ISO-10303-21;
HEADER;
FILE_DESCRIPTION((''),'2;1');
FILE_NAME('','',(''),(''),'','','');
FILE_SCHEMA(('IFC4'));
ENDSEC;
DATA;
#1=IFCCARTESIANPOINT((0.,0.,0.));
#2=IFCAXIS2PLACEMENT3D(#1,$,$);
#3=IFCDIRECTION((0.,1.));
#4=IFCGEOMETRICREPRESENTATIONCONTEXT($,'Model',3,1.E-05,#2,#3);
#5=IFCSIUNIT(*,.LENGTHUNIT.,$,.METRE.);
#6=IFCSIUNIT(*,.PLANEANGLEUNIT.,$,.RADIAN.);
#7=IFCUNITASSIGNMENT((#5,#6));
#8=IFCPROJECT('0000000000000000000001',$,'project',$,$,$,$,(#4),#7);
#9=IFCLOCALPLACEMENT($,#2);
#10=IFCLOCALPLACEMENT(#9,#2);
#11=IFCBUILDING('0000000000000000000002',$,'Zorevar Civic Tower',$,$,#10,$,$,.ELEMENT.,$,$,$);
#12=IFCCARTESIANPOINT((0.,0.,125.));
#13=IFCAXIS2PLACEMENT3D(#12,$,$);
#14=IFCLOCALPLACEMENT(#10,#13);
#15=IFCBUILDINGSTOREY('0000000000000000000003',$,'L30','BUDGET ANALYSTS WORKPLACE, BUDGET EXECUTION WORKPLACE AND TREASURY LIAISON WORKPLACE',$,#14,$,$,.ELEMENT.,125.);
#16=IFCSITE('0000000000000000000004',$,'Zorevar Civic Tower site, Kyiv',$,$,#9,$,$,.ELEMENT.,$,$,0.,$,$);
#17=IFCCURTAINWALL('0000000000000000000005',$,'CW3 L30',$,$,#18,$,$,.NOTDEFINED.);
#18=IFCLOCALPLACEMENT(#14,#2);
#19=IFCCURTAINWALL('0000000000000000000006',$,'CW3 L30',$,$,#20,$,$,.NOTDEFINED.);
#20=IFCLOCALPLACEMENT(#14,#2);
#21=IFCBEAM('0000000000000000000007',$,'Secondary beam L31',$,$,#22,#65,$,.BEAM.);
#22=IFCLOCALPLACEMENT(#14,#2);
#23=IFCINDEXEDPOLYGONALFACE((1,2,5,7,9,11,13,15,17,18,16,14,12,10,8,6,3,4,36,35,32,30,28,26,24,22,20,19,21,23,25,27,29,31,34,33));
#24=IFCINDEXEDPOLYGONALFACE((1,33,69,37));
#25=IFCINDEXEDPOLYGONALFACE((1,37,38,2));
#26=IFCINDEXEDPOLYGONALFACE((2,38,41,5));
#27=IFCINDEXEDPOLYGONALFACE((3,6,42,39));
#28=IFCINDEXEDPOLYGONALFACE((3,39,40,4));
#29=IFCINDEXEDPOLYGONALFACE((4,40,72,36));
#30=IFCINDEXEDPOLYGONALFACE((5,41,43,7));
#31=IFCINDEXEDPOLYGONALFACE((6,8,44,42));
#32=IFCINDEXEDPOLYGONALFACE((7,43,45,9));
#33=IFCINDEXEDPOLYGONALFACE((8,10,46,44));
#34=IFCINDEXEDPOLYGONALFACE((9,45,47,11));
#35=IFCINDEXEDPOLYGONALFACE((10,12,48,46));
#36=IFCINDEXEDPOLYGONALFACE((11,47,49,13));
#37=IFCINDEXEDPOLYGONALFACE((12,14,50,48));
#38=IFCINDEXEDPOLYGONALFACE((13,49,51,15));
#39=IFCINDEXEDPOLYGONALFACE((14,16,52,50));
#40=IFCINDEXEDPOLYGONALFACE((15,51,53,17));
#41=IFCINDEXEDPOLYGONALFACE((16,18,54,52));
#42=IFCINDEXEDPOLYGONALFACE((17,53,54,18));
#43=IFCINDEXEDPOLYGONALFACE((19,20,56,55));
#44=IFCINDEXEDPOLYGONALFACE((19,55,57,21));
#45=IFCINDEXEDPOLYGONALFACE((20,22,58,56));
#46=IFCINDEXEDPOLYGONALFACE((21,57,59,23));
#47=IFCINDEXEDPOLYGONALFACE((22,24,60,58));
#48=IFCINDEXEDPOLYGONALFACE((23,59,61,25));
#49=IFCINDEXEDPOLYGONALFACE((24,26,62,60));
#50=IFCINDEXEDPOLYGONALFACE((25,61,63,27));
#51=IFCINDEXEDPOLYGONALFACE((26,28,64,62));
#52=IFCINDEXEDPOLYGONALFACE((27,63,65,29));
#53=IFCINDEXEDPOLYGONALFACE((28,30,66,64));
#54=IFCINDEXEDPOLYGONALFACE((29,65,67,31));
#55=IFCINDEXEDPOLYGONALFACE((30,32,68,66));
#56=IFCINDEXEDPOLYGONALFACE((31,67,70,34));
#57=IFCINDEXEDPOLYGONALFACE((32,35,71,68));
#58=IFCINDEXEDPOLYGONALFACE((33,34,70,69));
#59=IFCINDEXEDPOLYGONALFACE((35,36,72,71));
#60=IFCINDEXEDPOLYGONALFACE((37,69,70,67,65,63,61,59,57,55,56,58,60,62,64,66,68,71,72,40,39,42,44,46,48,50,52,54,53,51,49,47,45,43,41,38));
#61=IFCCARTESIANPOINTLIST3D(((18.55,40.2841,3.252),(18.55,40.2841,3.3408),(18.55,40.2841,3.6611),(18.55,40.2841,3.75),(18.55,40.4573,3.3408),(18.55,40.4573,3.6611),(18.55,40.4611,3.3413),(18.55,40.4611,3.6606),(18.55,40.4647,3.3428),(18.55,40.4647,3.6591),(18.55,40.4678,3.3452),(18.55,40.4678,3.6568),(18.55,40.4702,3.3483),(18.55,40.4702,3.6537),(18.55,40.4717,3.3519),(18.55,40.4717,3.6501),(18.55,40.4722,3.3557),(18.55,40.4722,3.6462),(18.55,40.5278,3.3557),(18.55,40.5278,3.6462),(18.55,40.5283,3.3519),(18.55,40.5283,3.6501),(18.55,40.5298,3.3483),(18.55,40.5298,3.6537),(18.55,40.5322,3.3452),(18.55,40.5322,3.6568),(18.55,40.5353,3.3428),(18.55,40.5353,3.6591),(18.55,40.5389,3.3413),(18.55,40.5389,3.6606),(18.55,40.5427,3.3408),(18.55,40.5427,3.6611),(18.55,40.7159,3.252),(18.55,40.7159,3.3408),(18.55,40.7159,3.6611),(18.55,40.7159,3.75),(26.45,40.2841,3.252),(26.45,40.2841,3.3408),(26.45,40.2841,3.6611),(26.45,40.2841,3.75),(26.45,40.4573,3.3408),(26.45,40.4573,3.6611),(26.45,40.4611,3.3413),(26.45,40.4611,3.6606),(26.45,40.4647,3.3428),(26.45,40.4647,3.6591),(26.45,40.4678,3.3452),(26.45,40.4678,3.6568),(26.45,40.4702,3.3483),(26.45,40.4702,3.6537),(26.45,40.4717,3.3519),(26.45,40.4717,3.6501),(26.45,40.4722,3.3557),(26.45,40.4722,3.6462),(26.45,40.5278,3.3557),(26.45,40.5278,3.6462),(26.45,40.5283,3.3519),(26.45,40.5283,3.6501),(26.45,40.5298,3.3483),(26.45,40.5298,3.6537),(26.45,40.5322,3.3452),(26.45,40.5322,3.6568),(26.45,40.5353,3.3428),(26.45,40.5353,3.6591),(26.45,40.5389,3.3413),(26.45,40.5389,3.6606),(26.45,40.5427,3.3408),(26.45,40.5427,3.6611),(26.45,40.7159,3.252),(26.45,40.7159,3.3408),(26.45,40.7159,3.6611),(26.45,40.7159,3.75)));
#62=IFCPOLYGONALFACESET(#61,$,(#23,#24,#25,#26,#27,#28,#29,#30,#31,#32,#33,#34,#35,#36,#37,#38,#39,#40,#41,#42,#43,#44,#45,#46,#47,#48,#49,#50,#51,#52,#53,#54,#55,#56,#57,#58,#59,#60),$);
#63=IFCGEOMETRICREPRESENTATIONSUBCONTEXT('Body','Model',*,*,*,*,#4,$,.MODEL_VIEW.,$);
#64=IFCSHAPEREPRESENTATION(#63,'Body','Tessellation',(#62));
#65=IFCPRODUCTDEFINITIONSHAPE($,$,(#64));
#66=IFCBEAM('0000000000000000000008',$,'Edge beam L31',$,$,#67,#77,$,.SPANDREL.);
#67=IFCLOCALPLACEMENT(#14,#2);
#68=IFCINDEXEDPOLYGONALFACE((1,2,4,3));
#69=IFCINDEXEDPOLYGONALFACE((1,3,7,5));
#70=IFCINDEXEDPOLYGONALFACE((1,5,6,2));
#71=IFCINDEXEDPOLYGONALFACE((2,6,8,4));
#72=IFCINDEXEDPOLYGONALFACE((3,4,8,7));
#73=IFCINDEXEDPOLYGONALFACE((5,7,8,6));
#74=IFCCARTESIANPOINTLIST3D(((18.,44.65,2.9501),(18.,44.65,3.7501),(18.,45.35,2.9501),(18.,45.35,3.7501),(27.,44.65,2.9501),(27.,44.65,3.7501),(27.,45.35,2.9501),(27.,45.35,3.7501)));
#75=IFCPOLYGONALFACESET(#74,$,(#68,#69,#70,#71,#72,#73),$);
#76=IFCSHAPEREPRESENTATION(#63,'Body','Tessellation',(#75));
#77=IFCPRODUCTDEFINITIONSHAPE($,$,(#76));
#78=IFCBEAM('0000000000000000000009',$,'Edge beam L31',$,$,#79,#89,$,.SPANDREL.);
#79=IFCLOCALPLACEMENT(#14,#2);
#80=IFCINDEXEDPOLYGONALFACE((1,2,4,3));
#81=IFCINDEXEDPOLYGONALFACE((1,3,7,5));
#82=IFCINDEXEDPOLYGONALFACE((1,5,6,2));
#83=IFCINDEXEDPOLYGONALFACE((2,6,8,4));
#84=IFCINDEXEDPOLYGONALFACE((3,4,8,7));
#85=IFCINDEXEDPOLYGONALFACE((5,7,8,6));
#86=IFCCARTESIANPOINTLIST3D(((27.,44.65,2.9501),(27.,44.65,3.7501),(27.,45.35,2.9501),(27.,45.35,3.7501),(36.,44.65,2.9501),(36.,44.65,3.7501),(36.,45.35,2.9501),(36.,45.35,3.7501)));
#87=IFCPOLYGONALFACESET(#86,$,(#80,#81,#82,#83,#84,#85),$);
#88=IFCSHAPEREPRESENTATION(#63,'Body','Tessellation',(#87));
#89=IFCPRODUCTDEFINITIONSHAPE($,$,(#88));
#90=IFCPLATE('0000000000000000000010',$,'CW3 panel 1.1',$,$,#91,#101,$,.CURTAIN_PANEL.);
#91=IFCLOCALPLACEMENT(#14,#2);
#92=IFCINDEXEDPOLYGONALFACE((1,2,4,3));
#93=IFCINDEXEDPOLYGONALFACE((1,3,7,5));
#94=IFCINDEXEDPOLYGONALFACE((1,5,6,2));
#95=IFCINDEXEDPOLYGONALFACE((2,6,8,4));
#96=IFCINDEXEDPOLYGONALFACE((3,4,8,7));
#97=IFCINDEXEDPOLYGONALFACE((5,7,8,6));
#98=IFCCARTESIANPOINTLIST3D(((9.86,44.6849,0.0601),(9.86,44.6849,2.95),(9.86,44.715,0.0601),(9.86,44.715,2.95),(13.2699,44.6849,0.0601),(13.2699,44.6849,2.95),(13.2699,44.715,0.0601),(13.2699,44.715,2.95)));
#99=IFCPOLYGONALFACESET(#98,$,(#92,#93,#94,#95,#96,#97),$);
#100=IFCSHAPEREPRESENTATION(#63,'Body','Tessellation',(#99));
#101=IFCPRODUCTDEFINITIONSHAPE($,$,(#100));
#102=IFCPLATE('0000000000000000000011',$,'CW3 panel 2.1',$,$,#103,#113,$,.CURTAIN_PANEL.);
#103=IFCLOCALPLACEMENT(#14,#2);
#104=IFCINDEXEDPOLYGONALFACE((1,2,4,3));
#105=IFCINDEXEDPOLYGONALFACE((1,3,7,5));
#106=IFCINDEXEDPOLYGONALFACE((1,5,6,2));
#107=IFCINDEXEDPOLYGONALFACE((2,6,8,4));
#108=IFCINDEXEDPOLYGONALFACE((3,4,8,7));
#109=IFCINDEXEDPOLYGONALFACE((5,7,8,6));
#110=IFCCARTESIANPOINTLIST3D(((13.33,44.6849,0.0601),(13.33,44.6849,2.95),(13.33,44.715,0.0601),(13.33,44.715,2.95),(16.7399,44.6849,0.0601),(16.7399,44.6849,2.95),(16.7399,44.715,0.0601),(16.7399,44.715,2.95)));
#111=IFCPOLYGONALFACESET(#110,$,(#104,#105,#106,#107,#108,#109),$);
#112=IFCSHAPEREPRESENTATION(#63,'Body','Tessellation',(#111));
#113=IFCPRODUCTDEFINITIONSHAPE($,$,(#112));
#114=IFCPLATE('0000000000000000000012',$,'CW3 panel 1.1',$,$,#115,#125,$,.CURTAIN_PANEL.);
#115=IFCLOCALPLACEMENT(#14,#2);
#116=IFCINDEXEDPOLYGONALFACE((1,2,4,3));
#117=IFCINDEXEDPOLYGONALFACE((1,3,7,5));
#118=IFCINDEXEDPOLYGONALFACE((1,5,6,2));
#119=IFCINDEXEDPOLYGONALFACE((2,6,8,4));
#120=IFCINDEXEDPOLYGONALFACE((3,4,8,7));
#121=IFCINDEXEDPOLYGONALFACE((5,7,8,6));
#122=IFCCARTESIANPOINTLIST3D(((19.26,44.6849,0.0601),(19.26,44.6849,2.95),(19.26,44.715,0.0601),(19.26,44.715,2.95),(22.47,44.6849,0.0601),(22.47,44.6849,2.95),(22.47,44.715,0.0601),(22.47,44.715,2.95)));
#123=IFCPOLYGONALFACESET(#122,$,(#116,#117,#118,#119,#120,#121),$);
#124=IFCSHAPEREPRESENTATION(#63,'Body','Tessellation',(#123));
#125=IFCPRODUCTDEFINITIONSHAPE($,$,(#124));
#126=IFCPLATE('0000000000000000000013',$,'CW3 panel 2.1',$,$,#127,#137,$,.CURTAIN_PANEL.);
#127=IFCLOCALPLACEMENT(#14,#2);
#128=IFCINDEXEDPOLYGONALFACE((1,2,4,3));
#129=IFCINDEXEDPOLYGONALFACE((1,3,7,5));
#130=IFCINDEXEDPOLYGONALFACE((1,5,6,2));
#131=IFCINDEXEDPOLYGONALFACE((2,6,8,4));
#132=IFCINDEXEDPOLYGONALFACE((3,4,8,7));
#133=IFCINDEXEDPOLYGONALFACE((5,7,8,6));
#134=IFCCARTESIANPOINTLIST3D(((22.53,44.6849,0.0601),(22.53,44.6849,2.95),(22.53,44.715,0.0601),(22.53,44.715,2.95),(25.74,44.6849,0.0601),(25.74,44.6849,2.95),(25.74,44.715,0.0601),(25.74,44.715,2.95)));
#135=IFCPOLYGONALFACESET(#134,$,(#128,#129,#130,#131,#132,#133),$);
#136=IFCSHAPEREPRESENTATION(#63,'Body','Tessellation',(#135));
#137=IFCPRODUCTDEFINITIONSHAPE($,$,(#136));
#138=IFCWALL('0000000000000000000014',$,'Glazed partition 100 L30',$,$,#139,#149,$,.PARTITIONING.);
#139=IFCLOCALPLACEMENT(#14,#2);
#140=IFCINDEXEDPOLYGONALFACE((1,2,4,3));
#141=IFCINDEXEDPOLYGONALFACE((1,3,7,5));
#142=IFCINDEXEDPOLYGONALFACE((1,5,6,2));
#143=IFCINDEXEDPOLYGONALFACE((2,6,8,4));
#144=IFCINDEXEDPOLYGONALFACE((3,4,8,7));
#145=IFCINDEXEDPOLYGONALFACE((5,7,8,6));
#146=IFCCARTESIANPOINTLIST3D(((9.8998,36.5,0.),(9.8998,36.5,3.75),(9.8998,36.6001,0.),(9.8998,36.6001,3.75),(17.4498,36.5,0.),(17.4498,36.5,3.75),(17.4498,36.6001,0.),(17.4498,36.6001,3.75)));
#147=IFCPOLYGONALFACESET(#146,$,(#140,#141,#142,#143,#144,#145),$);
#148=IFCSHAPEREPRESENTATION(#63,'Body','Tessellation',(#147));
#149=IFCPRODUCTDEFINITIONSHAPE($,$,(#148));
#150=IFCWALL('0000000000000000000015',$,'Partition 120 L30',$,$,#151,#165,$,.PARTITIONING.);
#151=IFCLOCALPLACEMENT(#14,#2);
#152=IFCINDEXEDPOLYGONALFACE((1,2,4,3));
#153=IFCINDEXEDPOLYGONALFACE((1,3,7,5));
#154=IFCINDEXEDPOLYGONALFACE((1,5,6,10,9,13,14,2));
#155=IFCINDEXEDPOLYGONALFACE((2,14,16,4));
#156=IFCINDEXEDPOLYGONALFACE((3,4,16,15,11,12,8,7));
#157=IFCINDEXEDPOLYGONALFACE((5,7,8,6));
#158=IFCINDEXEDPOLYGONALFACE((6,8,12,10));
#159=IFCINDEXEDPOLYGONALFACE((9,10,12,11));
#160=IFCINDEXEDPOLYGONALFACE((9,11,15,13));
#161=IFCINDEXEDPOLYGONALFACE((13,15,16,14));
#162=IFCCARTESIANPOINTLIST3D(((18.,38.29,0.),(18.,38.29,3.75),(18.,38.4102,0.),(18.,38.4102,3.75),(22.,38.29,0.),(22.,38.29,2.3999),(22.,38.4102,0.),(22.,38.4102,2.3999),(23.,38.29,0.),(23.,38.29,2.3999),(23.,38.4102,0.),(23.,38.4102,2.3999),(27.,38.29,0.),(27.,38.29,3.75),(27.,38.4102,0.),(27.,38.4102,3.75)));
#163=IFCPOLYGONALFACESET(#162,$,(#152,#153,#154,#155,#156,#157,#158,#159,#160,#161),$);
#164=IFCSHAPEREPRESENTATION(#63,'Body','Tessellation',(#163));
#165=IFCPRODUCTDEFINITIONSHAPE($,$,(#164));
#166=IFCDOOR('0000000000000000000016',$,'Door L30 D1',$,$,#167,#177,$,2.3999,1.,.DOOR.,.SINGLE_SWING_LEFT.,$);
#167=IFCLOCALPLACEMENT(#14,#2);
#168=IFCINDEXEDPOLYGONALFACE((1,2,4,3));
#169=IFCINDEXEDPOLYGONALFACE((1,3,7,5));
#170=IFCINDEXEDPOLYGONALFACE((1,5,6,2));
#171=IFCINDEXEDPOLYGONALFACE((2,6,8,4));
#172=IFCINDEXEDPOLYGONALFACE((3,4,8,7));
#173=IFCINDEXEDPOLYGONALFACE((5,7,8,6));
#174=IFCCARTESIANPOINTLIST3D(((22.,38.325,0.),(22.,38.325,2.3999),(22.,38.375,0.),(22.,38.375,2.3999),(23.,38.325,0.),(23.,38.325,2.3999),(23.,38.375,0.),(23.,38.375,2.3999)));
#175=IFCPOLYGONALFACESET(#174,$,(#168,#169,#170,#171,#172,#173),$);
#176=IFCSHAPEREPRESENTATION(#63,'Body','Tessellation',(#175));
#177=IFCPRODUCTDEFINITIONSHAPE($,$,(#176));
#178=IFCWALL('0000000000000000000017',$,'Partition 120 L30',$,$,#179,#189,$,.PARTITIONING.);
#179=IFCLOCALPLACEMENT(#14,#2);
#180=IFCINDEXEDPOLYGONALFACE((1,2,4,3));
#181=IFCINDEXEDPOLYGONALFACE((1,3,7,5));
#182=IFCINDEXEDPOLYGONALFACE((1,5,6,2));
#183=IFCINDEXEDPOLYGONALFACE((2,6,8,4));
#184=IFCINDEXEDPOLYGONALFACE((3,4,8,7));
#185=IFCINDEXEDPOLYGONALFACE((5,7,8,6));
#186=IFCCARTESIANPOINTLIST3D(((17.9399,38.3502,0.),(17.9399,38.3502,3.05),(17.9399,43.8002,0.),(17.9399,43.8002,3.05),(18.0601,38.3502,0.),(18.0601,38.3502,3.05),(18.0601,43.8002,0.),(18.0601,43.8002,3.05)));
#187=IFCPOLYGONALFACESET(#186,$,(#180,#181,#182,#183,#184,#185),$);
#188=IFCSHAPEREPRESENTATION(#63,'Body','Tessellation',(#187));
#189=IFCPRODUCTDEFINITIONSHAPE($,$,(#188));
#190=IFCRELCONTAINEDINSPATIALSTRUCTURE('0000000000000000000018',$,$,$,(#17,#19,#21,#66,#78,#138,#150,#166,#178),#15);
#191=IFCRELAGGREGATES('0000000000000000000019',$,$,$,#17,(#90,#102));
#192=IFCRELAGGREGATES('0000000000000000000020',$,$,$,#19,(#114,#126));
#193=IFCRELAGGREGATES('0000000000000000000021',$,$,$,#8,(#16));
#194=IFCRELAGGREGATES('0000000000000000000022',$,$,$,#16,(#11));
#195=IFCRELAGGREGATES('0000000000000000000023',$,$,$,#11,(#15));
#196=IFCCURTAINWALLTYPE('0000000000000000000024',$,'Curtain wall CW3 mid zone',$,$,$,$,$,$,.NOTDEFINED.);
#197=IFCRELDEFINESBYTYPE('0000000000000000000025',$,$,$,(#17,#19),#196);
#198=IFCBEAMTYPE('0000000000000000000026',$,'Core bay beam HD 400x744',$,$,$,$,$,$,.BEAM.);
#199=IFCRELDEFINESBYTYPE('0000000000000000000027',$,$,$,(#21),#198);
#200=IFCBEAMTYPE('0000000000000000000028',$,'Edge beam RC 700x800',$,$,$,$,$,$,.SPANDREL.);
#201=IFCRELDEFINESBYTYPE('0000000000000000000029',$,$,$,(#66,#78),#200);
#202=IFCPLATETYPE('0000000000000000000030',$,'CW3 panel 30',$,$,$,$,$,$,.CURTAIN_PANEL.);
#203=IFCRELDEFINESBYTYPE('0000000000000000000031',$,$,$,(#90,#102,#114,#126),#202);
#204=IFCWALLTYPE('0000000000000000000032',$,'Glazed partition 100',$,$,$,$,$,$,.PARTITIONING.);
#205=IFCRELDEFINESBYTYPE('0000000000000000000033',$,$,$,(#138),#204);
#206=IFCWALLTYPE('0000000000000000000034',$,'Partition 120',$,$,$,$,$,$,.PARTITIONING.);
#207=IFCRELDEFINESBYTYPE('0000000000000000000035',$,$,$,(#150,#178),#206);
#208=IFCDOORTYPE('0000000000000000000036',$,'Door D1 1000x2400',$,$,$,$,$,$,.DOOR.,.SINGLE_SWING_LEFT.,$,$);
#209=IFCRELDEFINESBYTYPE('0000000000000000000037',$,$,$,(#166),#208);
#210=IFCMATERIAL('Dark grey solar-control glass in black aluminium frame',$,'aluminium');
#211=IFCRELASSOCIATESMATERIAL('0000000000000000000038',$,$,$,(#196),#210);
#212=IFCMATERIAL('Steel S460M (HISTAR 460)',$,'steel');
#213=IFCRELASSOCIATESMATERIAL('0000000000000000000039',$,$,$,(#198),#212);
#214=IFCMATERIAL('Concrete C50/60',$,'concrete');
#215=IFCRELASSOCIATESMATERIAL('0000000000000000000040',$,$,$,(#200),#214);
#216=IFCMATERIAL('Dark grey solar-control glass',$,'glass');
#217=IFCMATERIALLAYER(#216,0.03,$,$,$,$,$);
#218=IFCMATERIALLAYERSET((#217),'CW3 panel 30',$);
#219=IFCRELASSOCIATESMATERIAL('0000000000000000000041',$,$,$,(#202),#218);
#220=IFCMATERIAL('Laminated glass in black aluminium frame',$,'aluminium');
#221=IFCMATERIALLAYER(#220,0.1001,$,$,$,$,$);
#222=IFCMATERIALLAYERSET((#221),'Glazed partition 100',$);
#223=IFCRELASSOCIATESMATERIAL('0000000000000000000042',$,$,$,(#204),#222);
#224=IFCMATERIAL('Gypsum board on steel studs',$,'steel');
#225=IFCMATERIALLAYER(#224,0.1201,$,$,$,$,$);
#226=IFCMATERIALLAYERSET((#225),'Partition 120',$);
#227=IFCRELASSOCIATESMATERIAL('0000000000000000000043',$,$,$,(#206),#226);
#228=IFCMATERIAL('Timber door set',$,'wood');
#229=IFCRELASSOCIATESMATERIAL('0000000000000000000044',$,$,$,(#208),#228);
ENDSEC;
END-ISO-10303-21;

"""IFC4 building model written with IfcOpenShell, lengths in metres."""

from ifc_helpers import new_model, si_unit, direction, frame, frame_2d, origin, origin_2d, place, context, subcontext, project, spatial, rectangle, i_section, extrude, material, layer, layer_set, material_profile, profile_set, type_object, element, fill, aggregate, save


model = new_model("IFC4")

# Units and contexts
model_context = context("Model", 3, precision=1e-05, world=origin(), true_north=direction((0.0, 1.0)))
body_context = subcontext(model_context, "Body", "Model", "MODEL_VIEW")
ifc_project = project(units=[si_unit("LENGTHUNIT", "METRE"), si_unit("PLANEANGLEUNIT", "RADIAN")], contexts=[model_context])

# Site, building, storey
site_placement = place(None, origin())
site = spatial("IfcSite", under=ifc_project, at=site_placement, Name="Zorevar Civic Tower site, Kyiv", CompositionType="ELEMENT", RefElevation=0.0)
building_placement = place(site_placement, origin())
building = spatial("IfcBuilding", under=site, at=building_placement, Name="Zorevar Civic Tower", CompositionType="ELEMENT")
storey_placement = place(building_placement, frame((0.0, 0.0, 125.0)))
storey = spatial("IfcBuildingStorey", under=building, at=storey_placement, Name="L30", Description="BUDGET ANALYSTS WORKPLACE, BUDGET EXECUTION WORKPLACE AND TREASURY LIAISON WORKPLACE", CompositionType="ELEMENT", Elevation=125.0)

# Curtain walls
ifc_material_1 = material(Name="Dark grey solar-control glass in black aluminium frame", Category="aluminium")
curtain_wall_type = type_object("IfcCurtainWallType", Name="Curtain wall CW3 mid zone", PredefinedType="NOTDEFINED", material=ifc_material_1)
curtain_wall_1_placement = place(storey_placement, origin())
curtain_wall_1 = element("IfcCurtainWall", 1, at=curtain_wall_1_placement, inside=storey, type_object=curtain_wall_type, Name="CW3 L30", PredefinedType="NOTDEFINED")
curtain_wall_2_placement = place(storey_placement, origin())
curtain_wall_2 = element("IfcCurtainWall", 2, at=curtain_wall_2_placement, inside=storey, type_object=curtain_wall_type, Name="CW3 L30", PredefinedType="NOTDEFINED")

# Beams
ifc_material_2 = material(Name="Steel S460M (HISTAR 460)", Category="steel")
ifc_material_profile_1 = material_profile(ifc_material_2, i_section(OverallWidth=0.4319, OverallDepth=0.498, WebThickness=0.0557, FlangeThickness=0.0889, FilletRadius=0.0149, at=origin_2d()), Name="HD 400x744")
ifc_profile_set_1 = profile_set([ifc_material_profile_1], Name="Steel S460M (HISTAR 460)")
beam_type_1 = type_object("IfcBeamType", Name="Core bay beam HD 400x744", PredefinedType="BEAM", material=ifc_profile_set_1)
beam_1_placement = place(storey_placement, frame((18.55, 40.5, 3.501), z_axis=(1.0, 0.0, 0.0), x_axis=(0.0, 1.0, 0.0)))
element("IfcBeam", 3, at=beam_1_placement, inside=storey, type_object=beam_type_1, Name="Secondary beam L31", PredefinedType="BEAM", context=body_context, shape_type="SweptSolid", body=[
    extrude(i_section(OverallWidth=0.4319, OverallDepth=0.498, WebThickness=0.0557, FlangeThickness=0.0889, FilletRadius=0.0149, at=origin_2d()), origin(), (0.0, 0.0, 1.0), 7.8999),
])
ifc_material_3 = material(Name="Concrete C50/60", Category="concrete")
ifc_material_profile_2 = material_profile(ifc_material_3, rectangle(XDim=0.7, YDim=0.8, at=origin_2d()), Name="RC 700x800")
ifc_profile_set_2 = profile_set([ifc_material_profile_2], Name="Concrete C50/60")
beam_type_2 = type_object("IfcBeamType", Name="Edge beam RC 700x800", PredefinedType="SPANDREL", material=ifc_profile_set_2)
for number, where, z_axis, x_axis, name in (
    (4, (18.0, 45.0, 3.3501), (1.0, 0.0, 0.0), (0.0, 1.0, 0.0), "Edge beam L31"),
    (5, (27.0, 45.0, 3.3501), (1.0, 0.0, 0.0), (0.0, 1.0, 0.0), "Edge beam L31"),
):
    element("IfcBeam", number, at=place(storey_placement, frame(where, z_axis=z_axis, x_axis=x_axis)), inside=storey, type_object=beam_type_2, Name=name, PredefinedType="SPANDREL", context=body_context, shape_type="SweptSolid", body=[
        extrude(rectangle(XDim=0.7, YDim=0.8, at=origin_2d()), origin(), (0.0, 0.0, 1.0), 9.0),
    ])

# Plates
ifc_material_4 = material(Name="Dark grey solar-control glass", Category="glass")
ifc_layer_1 = layer(ifc_material_4, 0.03)
ifc_layer_set_1 = layer_set([ifc_layer_1], Name="CW3 panel 30")
plate_type = type_object("IfcPlateType", Name="CW3 panel 30", PredefinedType="CURTAIN_PANEL", material=ifc_layer_set_1)
plate_1_placement = place(storey_placement, frame((11.5649, 44.7, 0.0601), z_axis=(0.0, 0.0, 1.0), x_axis=(1.0, 0.0, 0.0)))
plate_1 = element("IfcPlate", 6, at=plate_1_placement, type_object=plate_type, Name="CW3 panel 1.1", PredefinedType="CURTAIN_PANEL", context=body_context, shape_type="SweptSolid", body=[
    extrude(rectangle(XDim=3.4099, YDim=0.03, at=origin_2d()), origin(), (0.0, 0.0, 1.0), 2.8899),
])
plate_2_placement = place(storey_placement, frame((15.0349, 44.7, 0.0601), z_axis=(0.0, 0.0, 1.0), x_axis=(1.0, 0.0, 0.0)))
plate_2 = element("IfcPlate", 7, at=plate_2_placement, type_object=plate_type, Name="CW3 panel 2.1", PredefinedType="CURTAIN_PANEL", context=body_context, shape_type="SweptSolid", body=[
    extrude(rectangle(XDim=3.4099, YDim=0.03, at=origin_2d()), origin(), (0.0, 0.0, 1.0), 2.8899),
])
aggregate(curtain_wall_1, [plate_1, plate_2])
plate_3_placement = place(storey_placement, frame((20.865, 44.7, 0.0601), z_axis=(0.0, 0.0, 1.0), x_axis=(1.0, 0.0, 0.0)))
plate_3 = element("IfcPlate", 8, at=plate_3_placement, type_object=plate_type, Name="CW3 panel 1.1", PredefinedType="CURTAIN_PANEL", context=body_context, shape_type="SweptSolid", body=[
    extrude(rectangle(XDim=3.21, YDim=0.03, at=origin_2d()), origin(), (0.0, 0.0, 1.0), 2.8899),
])
plate_4_placement = place(storey_placement, frame((24.135, 44.7, 0.0601), z_axis=(0.0, 0.0, 1.0), x_axis=(1.0, 0.0, 0.0)))
plate_4 = element("IfcPlate", 9, at=plate_4_placement, type_object=plate_type, Name="CW3 panel 2.1", PredefinedType="CURTAIN_PANEL", context=body_context, shape_type="SweptSolid", body=[
    extrude(rectangle(XDim=3.21, YDim=0.03, at=origin_2d()), origin(), (0.0, 0.0, 1.0), 2.8899),
])
aggregate(curtain_wall_2, [plate_3, plate_4])

# Wall
ifc_material_5 = material(Name="Laminated glass in black aluminium frame", Category="aluminium")
ifc_layer_2 = layer(ifc_material_5, 0.1001)
ifc_layer_set_2 = layer_set([ifc_layer_2], Name="Glazed partition 100")
wall_type_1 = type_object("IfcWallType", Name="Glazed partition 100", PredefinedType="PARTITIONING", material=ifc_layer_set_2)
wall_1_placement = place(storey_placement, frame((9.8999, 36.55, 0.0), z_axis=(0.0, 0.0, 1.0), x_axis=(1.0, 0.0, 0.0)))
element("IfcWall", 10, at=wall_1_placement, inside=storey, type_object=wall_type_1, Name="Glazed partition 100 L30", PredefinedType="PARTITIONING", context=body_context, shape_type="SweptSolid", body=[
    extrude(rectangle(XDim=7.55, YDim=0.1001, at=frame_2d((3.7749, 0.0))), origin(), (0.0, 0.0, 1.0), 3.75),
])

# Wall, opening, door
ifc_material_6 = material(Name="Gypsum board on steel studs", Category="steel")
ifc_layer_3 = layer(ifc_material_6, 0.1201)
ifc_layer_set_3 = layer_set([ifc_layer_3], Name="Partition 120")
wall_type_2 = type_object("IfcWallType", Name="Partition 120", PredefinedType="PARTITIONING", material=ifc_layer_set_3)
wall_2_placement = place(storey_placement, frame((18.0, 38.3501, 0.0), z_axis=(0.0, 0.0, 1.0), x_axis=(1.0, 0.0, 0.0)))
wall_2 = element("IfcWall", 11, at=wall_2_placement, inside=storey, type_object=wall_type_2, Name="Partition 120 L30", PredefinedType="PARTITIONING", context=body_context, shape_type="SweptSolid", body=[
    extrude(rectangle(XDim=9.0, YDim=0.1201, at=frame_2d((4.5, 0.0))), origin(), (0.0, 0.0, 1.0), 3.75),
])
opening_1_placement = place(wall_2_placement, frame((4.0, 0.0, 0.0)))
opening_1 = element("IfcOpeningElement", 12, at=opening_1_placement, cuts=wall_2, PredefinedType="OPENING", context=body_context, shape_type="SweptSolid", body=[
    extrude(rectangle(XDim=1.0, YDim=2.3999, at=frame_2d((0.5, 1.2))), frame((0.0, 0.0701, 0.0), z_axis=(0.0, -1.0, 0.0), x_axis=(1.0, 0.0, 0.0)), (0.0, 0.0, 1.0), 0.1401),
])
ifc_material_7 = material(Name="Timber door set", Category="wood")
door_type_1 = type_object("IfcDoorType", Name="Door D1 1000x2400", OperationType="SINGLE_SWING_LEFT", PredefinedType="DOOR", material=ifc_material_7)
door_1_placement = place(opening_1_placement, origin())
door_1 = element("IfcDoor", 13, at=door_1_placement, inside=storey, type_object=door_type_1, Name="Door L30 D1", OperationType="SINGLE_SWING_LEFT", OverallHeight=2.3999, OverallWidth=1.0, PredefinedType="DOOR", context=body_context, shape_type="SweptSolid", body=[
    extrude(rectangle(XDim=1.0, YDim=2.3999, at=frame_2d((0.5, 1.2))), frame((0.0, 0.0249, 0.0), z_axis=(0.0, -1.0, 0.0), x_axis=(1.0, 0.0, 0.0)), (0.0, 0.0, 1.0), 0.05),
])
fill(opening_1, door_1)

# Wall
wall_3_placement = place(storey_placement, frame((18.0, 38.3501, 0.0), z_axis=(0.0, 0.0, 1.0), x_axis=(0.0, 1.0, 0.0)))
element("IfcWall", 14, at=wall_3_placement, inside=storey, type_object=wall_type_2, Name="Partition 120 L30", PredefinedType="PARTITIONING", context=body_context, shape_type="SweptSolid", body=[
    extrude(rectangle(XDim=5.45, YDim=0.1201, at=frame_2d((2.7251, 0.0))), origin(), (0.0, 0.0, 1.0), 3.05),
])

save(model, "model.ifc")
